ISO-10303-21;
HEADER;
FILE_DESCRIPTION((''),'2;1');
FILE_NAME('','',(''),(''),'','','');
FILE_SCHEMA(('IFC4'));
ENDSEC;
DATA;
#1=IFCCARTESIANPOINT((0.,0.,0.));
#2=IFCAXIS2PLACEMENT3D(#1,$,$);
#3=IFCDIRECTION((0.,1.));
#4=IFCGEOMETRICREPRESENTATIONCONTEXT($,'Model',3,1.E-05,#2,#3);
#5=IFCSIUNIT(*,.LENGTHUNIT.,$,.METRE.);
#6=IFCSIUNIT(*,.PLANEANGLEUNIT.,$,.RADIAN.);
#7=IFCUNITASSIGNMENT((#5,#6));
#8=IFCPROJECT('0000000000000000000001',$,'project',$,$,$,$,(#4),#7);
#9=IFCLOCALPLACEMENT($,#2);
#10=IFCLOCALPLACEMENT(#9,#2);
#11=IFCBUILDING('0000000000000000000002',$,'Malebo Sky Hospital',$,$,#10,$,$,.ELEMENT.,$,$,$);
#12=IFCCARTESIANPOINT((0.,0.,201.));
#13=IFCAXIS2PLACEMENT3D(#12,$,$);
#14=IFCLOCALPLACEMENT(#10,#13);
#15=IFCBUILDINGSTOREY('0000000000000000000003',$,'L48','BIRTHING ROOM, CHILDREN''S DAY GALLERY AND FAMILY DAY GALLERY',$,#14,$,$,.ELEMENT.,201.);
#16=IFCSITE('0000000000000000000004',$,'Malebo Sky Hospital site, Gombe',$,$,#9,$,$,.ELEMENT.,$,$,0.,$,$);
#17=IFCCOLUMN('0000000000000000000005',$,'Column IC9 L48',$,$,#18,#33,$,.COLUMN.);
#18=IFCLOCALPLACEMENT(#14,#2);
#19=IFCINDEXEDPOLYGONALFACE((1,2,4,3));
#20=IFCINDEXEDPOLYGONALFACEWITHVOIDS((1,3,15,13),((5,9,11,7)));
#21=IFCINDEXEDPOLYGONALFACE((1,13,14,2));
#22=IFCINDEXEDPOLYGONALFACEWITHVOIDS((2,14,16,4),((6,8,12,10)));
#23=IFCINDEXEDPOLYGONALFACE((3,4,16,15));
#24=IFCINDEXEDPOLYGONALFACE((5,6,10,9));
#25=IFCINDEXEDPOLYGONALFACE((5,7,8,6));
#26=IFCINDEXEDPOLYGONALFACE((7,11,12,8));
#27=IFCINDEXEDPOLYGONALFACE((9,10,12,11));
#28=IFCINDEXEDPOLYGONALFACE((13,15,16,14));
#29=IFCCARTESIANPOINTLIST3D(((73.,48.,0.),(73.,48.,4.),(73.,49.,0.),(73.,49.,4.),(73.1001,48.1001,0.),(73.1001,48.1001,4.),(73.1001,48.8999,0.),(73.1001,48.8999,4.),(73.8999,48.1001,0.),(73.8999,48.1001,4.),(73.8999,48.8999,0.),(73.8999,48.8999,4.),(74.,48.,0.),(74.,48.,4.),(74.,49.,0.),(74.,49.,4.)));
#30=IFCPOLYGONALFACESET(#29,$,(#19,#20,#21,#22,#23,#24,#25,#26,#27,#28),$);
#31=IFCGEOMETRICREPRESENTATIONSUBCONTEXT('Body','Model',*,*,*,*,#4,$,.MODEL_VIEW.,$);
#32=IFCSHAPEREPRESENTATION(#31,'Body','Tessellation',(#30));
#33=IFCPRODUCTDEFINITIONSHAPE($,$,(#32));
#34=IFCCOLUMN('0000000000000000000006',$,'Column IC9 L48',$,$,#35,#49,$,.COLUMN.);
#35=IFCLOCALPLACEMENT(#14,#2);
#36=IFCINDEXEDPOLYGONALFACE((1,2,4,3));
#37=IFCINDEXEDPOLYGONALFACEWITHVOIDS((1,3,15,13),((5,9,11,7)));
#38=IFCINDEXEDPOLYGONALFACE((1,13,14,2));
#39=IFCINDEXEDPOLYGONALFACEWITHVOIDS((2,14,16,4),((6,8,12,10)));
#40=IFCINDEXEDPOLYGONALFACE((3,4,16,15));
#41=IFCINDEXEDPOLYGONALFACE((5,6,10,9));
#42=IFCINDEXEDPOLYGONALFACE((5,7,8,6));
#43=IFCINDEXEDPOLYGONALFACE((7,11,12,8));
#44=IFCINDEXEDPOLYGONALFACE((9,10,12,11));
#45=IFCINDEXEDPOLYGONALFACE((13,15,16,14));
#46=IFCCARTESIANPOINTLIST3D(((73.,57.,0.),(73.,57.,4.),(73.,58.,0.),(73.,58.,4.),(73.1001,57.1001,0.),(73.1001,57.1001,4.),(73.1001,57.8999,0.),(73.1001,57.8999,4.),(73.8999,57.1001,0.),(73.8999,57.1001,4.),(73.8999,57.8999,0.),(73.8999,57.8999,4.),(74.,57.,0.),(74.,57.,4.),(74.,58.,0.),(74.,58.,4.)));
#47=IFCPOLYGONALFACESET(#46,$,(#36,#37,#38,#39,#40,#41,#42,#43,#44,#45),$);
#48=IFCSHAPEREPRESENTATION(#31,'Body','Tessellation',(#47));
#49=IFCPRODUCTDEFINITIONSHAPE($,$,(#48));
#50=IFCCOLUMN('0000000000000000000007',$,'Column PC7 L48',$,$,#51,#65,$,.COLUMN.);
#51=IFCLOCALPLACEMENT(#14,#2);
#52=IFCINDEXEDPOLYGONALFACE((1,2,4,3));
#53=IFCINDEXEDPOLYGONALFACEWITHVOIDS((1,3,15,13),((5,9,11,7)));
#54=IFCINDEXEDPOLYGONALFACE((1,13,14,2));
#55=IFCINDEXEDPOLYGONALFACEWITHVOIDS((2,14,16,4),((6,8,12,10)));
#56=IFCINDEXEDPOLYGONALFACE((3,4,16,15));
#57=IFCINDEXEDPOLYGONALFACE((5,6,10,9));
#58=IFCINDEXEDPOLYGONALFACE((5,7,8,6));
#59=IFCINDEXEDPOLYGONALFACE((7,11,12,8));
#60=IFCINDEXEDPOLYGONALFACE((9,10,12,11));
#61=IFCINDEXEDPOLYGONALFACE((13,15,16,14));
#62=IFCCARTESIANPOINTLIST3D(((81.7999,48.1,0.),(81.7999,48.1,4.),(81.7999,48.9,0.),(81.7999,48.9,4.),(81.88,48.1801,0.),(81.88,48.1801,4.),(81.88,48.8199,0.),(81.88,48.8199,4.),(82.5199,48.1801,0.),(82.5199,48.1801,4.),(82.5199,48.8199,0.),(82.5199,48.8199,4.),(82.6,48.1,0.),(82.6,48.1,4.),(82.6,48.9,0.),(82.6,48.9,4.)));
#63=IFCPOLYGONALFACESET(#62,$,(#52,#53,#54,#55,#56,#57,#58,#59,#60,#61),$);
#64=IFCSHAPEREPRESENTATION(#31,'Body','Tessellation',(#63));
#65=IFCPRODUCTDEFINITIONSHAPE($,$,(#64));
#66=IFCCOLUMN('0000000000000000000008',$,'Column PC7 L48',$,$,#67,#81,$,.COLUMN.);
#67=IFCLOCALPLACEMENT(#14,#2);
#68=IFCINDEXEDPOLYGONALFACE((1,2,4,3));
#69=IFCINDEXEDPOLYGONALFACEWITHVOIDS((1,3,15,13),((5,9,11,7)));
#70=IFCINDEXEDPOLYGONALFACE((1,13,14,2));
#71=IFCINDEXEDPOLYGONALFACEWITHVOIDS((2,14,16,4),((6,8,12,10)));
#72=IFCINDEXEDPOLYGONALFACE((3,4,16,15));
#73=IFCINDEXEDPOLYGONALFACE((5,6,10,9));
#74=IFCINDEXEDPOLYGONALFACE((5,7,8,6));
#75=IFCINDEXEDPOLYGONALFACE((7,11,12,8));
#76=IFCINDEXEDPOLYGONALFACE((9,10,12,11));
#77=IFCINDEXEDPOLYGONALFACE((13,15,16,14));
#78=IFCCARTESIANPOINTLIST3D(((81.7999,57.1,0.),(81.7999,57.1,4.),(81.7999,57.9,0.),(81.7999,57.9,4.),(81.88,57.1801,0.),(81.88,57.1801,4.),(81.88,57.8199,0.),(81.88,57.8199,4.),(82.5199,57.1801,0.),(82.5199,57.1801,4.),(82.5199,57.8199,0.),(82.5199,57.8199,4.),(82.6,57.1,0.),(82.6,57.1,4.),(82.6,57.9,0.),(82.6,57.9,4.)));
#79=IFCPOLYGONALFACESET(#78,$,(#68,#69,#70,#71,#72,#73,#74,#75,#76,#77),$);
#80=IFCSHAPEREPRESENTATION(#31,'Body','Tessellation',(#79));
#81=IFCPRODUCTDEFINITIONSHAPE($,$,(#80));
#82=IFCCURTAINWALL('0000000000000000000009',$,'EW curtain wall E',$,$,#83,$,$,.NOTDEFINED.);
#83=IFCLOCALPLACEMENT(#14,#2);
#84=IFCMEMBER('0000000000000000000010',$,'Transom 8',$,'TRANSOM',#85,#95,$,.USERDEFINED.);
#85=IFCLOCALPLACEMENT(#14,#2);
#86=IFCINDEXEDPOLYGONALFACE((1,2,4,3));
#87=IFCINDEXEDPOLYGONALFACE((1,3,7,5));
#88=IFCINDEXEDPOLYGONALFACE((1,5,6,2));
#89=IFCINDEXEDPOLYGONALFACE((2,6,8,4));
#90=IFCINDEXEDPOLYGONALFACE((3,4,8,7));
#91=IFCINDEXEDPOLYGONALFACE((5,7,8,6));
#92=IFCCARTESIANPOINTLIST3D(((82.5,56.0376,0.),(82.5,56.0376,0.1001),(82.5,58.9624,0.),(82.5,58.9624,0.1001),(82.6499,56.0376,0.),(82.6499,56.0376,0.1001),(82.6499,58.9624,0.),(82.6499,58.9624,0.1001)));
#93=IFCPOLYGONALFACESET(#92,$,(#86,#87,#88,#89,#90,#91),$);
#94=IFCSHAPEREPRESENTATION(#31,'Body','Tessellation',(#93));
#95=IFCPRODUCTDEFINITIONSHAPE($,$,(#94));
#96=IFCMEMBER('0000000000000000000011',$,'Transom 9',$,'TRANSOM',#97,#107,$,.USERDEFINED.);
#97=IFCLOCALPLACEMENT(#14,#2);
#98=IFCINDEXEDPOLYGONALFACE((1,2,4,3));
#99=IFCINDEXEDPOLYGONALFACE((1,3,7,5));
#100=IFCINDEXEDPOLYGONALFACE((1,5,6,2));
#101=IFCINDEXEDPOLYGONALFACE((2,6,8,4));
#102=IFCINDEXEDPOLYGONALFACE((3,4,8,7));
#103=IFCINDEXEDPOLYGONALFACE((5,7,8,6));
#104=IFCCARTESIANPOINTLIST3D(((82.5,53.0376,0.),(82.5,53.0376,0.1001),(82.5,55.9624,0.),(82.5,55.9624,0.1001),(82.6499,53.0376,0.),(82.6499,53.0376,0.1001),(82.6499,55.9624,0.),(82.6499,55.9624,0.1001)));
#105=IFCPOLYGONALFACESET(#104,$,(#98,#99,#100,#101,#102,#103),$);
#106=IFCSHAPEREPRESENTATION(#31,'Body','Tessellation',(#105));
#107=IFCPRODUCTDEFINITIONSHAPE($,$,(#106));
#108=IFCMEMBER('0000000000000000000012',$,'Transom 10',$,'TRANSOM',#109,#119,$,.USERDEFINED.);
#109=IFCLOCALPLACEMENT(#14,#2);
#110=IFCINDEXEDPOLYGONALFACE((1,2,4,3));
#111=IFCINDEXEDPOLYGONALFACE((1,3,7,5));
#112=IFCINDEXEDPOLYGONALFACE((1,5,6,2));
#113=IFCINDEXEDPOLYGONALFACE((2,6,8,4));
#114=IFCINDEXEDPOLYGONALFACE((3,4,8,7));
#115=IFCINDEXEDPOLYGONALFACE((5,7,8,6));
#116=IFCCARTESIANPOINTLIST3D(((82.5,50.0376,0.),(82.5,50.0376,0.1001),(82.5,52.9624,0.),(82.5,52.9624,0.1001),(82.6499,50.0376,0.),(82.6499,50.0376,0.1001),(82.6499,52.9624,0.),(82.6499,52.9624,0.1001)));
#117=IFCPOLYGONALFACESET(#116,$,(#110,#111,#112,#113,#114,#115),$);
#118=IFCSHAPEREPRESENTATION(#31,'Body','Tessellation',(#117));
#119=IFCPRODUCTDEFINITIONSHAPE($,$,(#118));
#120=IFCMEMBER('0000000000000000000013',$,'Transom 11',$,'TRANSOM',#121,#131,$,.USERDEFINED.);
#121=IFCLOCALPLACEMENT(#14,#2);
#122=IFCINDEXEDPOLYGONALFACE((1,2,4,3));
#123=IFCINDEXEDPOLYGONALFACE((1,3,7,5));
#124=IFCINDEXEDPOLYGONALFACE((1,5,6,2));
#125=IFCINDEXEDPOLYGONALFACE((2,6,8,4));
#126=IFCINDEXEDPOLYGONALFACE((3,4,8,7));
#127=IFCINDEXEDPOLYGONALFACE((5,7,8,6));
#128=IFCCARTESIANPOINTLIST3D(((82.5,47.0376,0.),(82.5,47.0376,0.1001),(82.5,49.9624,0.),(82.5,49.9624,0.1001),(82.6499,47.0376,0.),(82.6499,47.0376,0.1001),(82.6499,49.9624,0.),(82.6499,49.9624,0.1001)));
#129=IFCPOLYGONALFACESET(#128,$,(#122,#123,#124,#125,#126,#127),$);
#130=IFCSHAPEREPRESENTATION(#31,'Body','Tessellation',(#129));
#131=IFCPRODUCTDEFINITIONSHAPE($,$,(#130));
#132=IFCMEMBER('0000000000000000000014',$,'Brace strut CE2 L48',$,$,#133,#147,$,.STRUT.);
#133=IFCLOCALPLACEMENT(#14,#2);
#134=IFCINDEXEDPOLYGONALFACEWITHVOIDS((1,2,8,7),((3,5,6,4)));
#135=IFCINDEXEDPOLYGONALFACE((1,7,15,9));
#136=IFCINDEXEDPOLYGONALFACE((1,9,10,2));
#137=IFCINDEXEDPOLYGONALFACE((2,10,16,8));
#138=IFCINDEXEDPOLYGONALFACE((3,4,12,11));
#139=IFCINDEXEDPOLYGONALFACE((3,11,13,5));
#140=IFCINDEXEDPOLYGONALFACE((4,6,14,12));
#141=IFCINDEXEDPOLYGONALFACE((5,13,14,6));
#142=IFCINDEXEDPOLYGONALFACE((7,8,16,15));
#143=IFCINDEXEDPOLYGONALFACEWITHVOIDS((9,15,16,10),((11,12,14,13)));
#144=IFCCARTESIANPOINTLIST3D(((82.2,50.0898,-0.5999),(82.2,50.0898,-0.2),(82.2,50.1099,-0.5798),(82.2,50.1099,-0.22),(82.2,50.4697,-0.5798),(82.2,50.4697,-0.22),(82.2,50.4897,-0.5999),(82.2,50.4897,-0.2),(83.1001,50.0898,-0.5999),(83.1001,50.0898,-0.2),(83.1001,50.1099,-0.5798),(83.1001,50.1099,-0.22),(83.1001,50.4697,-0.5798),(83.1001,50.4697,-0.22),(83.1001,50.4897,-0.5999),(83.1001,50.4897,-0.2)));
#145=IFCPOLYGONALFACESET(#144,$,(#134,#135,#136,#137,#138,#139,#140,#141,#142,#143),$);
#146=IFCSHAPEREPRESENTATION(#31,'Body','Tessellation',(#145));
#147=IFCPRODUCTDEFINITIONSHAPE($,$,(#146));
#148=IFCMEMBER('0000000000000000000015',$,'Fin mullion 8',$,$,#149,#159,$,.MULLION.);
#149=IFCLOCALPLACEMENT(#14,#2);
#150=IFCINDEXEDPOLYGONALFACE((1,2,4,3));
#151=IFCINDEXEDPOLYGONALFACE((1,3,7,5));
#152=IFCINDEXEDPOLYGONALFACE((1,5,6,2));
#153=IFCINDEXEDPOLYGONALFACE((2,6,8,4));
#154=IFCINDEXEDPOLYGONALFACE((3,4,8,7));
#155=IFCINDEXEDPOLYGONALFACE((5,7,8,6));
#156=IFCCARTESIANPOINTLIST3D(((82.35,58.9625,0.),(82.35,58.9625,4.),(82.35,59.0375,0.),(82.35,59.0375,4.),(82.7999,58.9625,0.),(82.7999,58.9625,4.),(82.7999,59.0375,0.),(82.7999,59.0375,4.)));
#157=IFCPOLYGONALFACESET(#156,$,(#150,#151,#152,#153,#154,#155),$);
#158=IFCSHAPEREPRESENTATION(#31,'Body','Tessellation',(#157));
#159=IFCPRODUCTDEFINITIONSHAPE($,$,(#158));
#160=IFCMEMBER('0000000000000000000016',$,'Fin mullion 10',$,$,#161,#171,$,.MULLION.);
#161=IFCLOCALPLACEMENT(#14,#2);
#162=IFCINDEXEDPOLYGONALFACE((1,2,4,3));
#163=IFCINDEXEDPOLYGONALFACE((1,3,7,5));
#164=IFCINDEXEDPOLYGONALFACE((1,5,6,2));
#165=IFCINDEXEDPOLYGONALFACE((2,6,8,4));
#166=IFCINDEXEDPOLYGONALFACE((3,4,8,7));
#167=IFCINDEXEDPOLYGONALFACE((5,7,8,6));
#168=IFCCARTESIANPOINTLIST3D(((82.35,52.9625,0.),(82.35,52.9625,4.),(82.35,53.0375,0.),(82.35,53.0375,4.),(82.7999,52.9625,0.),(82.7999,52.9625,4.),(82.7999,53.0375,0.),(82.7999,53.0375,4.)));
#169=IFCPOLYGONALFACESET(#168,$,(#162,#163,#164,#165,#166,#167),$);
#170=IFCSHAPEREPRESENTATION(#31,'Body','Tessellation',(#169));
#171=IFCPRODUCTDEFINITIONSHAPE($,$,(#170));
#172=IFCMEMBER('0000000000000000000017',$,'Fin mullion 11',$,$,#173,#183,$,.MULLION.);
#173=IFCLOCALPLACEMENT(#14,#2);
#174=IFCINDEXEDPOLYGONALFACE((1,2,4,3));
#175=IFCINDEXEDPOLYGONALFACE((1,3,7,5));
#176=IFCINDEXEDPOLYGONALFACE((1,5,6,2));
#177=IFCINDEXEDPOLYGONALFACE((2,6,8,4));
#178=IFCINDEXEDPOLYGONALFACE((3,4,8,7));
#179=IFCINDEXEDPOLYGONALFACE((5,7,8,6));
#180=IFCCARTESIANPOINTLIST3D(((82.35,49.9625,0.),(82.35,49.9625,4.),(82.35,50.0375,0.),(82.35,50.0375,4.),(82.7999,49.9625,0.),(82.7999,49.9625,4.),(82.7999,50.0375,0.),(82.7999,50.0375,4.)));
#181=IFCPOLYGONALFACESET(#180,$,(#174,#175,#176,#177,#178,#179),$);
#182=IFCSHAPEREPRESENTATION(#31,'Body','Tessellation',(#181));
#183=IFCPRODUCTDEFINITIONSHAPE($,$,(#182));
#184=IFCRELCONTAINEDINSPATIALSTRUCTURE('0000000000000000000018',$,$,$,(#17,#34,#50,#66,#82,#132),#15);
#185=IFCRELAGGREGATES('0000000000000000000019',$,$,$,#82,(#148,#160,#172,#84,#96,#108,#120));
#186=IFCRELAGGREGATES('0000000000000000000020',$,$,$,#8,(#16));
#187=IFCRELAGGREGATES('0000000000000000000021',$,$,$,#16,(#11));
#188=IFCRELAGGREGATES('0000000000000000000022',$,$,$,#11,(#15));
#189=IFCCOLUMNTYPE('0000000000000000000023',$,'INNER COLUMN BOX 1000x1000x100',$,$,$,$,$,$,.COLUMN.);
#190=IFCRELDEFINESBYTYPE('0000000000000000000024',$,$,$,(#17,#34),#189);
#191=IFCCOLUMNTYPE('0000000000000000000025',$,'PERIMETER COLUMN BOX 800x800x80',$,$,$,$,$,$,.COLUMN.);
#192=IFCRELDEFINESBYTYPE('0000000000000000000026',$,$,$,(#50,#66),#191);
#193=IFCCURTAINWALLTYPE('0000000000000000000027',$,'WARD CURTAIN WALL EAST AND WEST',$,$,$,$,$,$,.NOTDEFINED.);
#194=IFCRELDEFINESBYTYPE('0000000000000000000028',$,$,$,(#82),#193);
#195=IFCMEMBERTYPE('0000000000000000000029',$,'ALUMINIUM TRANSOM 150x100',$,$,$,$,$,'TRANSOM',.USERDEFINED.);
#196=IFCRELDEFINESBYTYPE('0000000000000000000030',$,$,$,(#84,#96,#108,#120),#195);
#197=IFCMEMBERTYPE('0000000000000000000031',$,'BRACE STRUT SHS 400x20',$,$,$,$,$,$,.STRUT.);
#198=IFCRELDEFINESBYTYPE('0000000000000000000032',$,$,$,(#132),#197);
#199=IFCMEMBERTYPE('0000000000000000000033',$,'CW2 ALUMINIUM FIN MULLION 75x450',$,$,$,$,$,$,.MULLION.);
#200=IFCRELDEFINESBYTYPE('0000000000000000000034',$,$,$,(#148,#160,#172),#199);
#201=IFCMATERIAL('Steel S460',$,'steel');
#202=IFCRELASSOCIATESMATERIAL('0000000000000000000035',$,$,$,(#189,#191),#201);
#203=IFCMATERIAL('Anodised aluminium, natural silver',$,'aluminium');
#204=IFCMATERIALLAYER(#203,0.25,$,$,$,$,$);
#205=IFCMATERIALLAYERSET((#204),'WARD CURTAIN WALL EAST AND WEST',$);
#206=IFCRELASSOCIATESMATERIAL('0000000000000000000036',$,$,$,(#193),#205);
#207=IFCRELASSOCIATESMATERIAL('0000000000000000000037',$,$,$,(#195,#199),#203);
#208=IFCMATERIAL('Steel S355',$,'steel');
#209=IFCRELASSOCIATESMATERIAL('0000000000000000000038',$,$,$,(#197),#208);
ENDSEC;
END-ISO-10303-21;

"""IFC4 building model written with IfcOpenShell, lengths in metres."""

from ifc_helpers import new_model, si_unit, direction, frame, origin, origin_2d, place, context, subcontext, project, spatial, rectangle, hollow_rectangle, extrude, material, layer, layer_set, material_profile, profile_set, type_object, element, aggregate, save


model = new_model("IFC4")

# Units and contexts
model_context = context("Model", 3, precision=1e-05, world=origin(), true_north=direction((0.0, 1.0)))
body_context = subcontext(model_context, "Body", "Model", "MODEL_VIEW")
ifc_project = project(units=[si_unit("LENGTHUNIT", "METRE"), si_unit("PLANEANGLEUNIT", "RADIAN")], contexts=[model_context])

# Site, building, storey
site_placement = place(None, origin())
site = spatial("IfcSite", under=ifc_project, at=site_placement, Name="Malebo Sky Hospital site, Gombe", CompositionType="ELEMENT", RefElevation=0.0)
building_placement = place(site_placement, origin())
building = spatial("IfcBuilding", under=site, at=building_placement, Name="Malebo Sky Hospital", CompositionType="ELEMENT")
storey_placement = place(building_placement, frame((0.0, 0.0, 201.0)))
storey = spatial("IfcBuildingStorey", under=building, at=storey_placement, Name="L48", Description="BIRTHING ROOM, CHILDREN'S DAY GALLERY AND FAMILY DAY GALLERY", CompositionType="ELEMENT", Elevation=201.0)

# Columns
ifc_material_1 = material(Name="Steel S460", Category="steel")
ifc_material_profile_1 = material_profile(ifc_material_1, hollow_rectangle(XDim=1.0, YDim=1.0, WallThickness=0.1001, at=origin_2d()), Name="BOX 1000x1000x100")
ifc_profile_set_1 = profile_set([ifc_material_profile_1], Name="Steel S460")
column_type_1 = type_object("IfcColumnType", Name="INNER COLUMN BOX 1000x1000x100", PredefinedType="COLUMN", material=ifc_profile_set_1)
for number, where, z_axis, x_axis, name in (
    (1, (73.5, 48.5, 0.0), (0.0, 0.0, 1.0), (1.0, 0.0, 0.0), "Column IC9 L48"),
    (2, (73.5, 57.5, 0.0), (0.0, 0.0, 1.0), (1.0, 0.0, 0.0), "Column IC9 L48"),
):
    element("IfcColumn", number, at=place(storey_placement, frame(where, z_axis=z_axis, x_axis=x_axis)), inside=storey, type_object=column_type_1, Name=name, PredefinedType="COLUMN", context=body_context, shape_type="SweptSolid", body=[
        extrude(hollow_rectangle(XDim=1.0, YDim=1.0, WallThickness=0.1001, at=origin_2d()), origin(), (0.0, 0.0, 1.0), 4.0),
    ])
ifc_material_profile_2 = material_profile(ifc_material_1, hollow_rectangle(XDim=0.8, YDim=0.8, WallThickness=0.0801, at=origin_2d()), Name="BOX 800x800x80")
ifc_profile_set_2 = profile_set([ifc_material_profile_2], Name="Steel S460")
column_type_2 = type_object("IfcColumnType", Name="PERIMETER COLUMN BOX 800x800x80", PredefinedType="COLUMN", material=ifc_profile_set_2)
for number, where, z_axis, x_axis, name in (
    (3, (82.2, 48.5, 0.0), (0.0, 0.0, 1.0), (1.0, 0.0, 0.0), "Column PC7 L48"),
    (4, (82.2, 57.5, 0.0), (0.0, 0.0, 1.0), (1.0, 0.0, 0.0), "Column PC7 L48"),
):
    element("IfcColumn", number, at=place(storey_placement, frame(where, z_axis=z_axis, x_axis=x_axis)), inside=storey, type_object=column_type_2, Name=name, PredefinedType="COLUMN", context=body_context, shape_type="SweptSolid", body=[
        extrude(hollow_rectangle(XDim=0.8, YDim=0.8, WallThickness=0.0801, at=origin_2d()), origin(), (0.0, 0.0, 1.0), 4.0),
    ])

# Curtain wall, members
ifc_material_2 = material(Name="Anodised aluminium, natural silver", Category="aluminium")
ifc_layer_1 = layer(ifc_material_2, 0.25)
ifc_layer_set_1 = layer_set([ifc_layer_1], Name="WARD CURTAIN WALL EAST AND WEST")
curtain_wall_type = type_object("IfcCurtainWallType", Name="WARD CURTAIN WALL EAST AND WEST", PredefinedType="NOTDEFINED", material=ifc_layer_set_1)
curtain_wall_placement = place(storey_placement, origin())
curtain_wall = element("IfcCurtainWall", 5, at=curtain_wall_placement, inside=storey, type_object=curtain_wall_type, Name="EW curtain wall E", PredefinedType="NOTDEFINED")
ifc_material_profile_3 = material_profile(ifc_material_2, rectangle(XDim=0.1499, YDim=0.1001, at=origin_2d()), Name="ALUMINIUM TRANSOM 150x100")
ifc_profile_set_3 = profile_set([ifc_material_profile_3], Name="Anodised aluminium, natural silver")
member_type_1 = type_object("IfcMemberType", Name="ALUMINIUM TRANSOM 150x100", ElementType="TRANSOM", PredefinedType="USERDEFINED", material=ifc_profile_set_3)
member_1_placement = place(storey_placement, frame((82.575, 58.9624, 0.05), z_axis=(0.0, -1.0, 0.0), x_axis=(1.0, 0.0, 0.0)))
member_1 = element("IfcMember", 6, at=member_1_placement, type_object=member_type_1, Name="Transom 8", ObjectType="TRANSOM", PredefinedType="USERDEFINED", context=body_context, shape_type="SweptSolid", body=[
    extrude(rectangle(XDim=0.1499, YDim=0.1001, at=origin_2d()), origin(), (0.0, 0.0, 1.0), 2.9248),
])
member_2_placement = place(storey_placement, frame((82.575, 55.9624, 0.05), z_axis=(0.0, -1.0, 0.0), x_axis=(1.0, 0.0, 0.0)))
member_2 = element("IfcMember", 7, at=member_2_placement, type_object=member_type_1, Name="Transom 9", ObjectType="TRANSOM", PredefinedType="USERDEFINED", context=body_context, shape_type="SweptSolid", body=[
    extrude(rectangle(XDim=0.1499, YDim=0.1001, at=origin_2d()), origin(), (0.0, 0.0, 1.0), 2.9248),
])
member_3_placement = place(storey_placement, frame((82.575, 52.9624, 0.05), z_axis=(0.0, -1.0, 0.0), x_axis=(1.0, 0.0, 0.0)))
member_3 = element("IfcMember", 8, at=member_3_placement, type_object=member_type_1, Name="Transom 10", ObjectType="TRANSOM", PredefinedType="USERDEFINED", context=body_context, shape_type="SweptSolid", body=[
    extrude(rectangle(XDim=0.1499, YDim=0.1001, at=origin_2d()), origin(), (0.0, 0.0, 1.0), 2.9248),
])
member_4_placement = place(storey_placement, frame((82.575, 49.9624, 0.05), z_axis=(0.0, -1.0, 0.0), x_axis=(1.0, 0.0, 0.0)))
member_4 = element("IfcMember", 9, at=member_4_placement, type_object=member_type_1, Name="Transom 11", ObjectType="TRANSOM", PredefinedType="USERDEFINED", context=body_context, shape_type="SweptSolid", body=[
    extrude(rectangle(XDim=0.1499, YDim=0.1001, at=origin_2d()), origin(), (0.0, 0.0, 1.0), 2.9248),
])

# Members
ifc_material_3 = material(Name="Steel S355", Category="steel")
ifc_material_profile_4 = material_profile(ifc_material_3, hollow_rectangle(XDim=0.3999, YDim=0.3999, WallThickness=0.02, at=origin_2d()), Name="SHS 400x20")
ifc_profile_set_4 = profile_set([ifc_material_profile_4], Name="Steel S355")
member_type_2 = type_object("IfcMemberType", Name="BRACE STRUT SHS 400x20", PredefinedType="STRUT", material=ifc_profile_set_4)
member_5_placement = place(storey_placement, frame((83.1001, 50.2898, -0.3999), z_axis=(-1.0, 0.0, 0.0), x_axis=(0.0, -1.0, 0.0)))
element("IfcMember", 10, at=member_5_placement, inside=storey, type_object=member_type_2, Name="Brace strut CE2 L48", PredefinedType="STRUT", context=body_context, shape_type="SweptSolid", body=[
    extrude(hollow_rectangle(XDim=0.3999, YDim=0.3999, WallThickness=0.02, at=origin_2d()), origin(), (0.0, 0.0, 1.0), 0.9001),
])
ifc_material_profile_5 = material_profile(ifc_material_2, rectangle(XDim=0.075, YDim=0.45, at=origin_2d()), Name="CW2 ALUMINIUM FIN MULLION 75x450")
ifc_profile_set_5 = profile_set([ifc_material_profile_5], Name="Anodised aluminium, natural silver")
member_type_3 = type_object("IfcMemberType", Name="CW2 ALUMINIUM FIN MULLION 75x450", PredefinedType="MULLION", material=ifc_profile_set_5)
member_6_placement = place(storey_placement, frame((82.575, 59.0, 0.0), z_axis=(0.0, 0.0, 1.0), x_axis=(0.0, -1.0, 0.0)))
member_6 = element("IfcMember", 11, at=member_6_placement, type_object=member_type_3, Name="Fin mullion 8", PredefinedType="MULLION", context=body_context, shape_type="SweptSolid", body=[
    extrude(rectangle(XDim=0.075, YDim=0.45, at=origin_2d()), origin(), (0.0, 0.0, 1.0), 4.0),
])
member_7_placement = place(storey_placement, frame((82.575, 53.0, 0.0), z_axis=(0.0, 0.0, 1.0), x_axis=(0.0, -1.0, 0.0)))
member_7 = element("IfcMember", 12, at=member_7_placement, type_object=member_type_3, Name="Fin mullion 10", PredefinedType="MULLION", context=body_context, shape_type="SweptSolid", body=[
    extrude(rectangle(XDim=0.075, YDim=0.45, at=origin_2d()), origin(), (0.0, 0.0, 1.0), 4.0),
])
member_8_placement = place(storey_placement, frame((82.575, 50.0, 0.0), z_axis=(0.0, 0.0, 1.0), x_axis=(0.0, -1.0, 0.0)))
member_8 = element("IfcMember", 13, at=member_8_placement, type_object=member_type_3, Name="Fin mullion 11", PredefinedType="MULLION", context=body_context, shape_type="SweptSolid", body=[
    extrude(rectangle(XDim=0.075, YDim=0.45, at=origin_2d()), origin(), (0.0, 0.0, 1.0), 4.0),
])

aggregate(curtain_wall, [member_6, member_7, member_8, member_1, member_2, member_3, member_4])

save(model, "model.ifc")
